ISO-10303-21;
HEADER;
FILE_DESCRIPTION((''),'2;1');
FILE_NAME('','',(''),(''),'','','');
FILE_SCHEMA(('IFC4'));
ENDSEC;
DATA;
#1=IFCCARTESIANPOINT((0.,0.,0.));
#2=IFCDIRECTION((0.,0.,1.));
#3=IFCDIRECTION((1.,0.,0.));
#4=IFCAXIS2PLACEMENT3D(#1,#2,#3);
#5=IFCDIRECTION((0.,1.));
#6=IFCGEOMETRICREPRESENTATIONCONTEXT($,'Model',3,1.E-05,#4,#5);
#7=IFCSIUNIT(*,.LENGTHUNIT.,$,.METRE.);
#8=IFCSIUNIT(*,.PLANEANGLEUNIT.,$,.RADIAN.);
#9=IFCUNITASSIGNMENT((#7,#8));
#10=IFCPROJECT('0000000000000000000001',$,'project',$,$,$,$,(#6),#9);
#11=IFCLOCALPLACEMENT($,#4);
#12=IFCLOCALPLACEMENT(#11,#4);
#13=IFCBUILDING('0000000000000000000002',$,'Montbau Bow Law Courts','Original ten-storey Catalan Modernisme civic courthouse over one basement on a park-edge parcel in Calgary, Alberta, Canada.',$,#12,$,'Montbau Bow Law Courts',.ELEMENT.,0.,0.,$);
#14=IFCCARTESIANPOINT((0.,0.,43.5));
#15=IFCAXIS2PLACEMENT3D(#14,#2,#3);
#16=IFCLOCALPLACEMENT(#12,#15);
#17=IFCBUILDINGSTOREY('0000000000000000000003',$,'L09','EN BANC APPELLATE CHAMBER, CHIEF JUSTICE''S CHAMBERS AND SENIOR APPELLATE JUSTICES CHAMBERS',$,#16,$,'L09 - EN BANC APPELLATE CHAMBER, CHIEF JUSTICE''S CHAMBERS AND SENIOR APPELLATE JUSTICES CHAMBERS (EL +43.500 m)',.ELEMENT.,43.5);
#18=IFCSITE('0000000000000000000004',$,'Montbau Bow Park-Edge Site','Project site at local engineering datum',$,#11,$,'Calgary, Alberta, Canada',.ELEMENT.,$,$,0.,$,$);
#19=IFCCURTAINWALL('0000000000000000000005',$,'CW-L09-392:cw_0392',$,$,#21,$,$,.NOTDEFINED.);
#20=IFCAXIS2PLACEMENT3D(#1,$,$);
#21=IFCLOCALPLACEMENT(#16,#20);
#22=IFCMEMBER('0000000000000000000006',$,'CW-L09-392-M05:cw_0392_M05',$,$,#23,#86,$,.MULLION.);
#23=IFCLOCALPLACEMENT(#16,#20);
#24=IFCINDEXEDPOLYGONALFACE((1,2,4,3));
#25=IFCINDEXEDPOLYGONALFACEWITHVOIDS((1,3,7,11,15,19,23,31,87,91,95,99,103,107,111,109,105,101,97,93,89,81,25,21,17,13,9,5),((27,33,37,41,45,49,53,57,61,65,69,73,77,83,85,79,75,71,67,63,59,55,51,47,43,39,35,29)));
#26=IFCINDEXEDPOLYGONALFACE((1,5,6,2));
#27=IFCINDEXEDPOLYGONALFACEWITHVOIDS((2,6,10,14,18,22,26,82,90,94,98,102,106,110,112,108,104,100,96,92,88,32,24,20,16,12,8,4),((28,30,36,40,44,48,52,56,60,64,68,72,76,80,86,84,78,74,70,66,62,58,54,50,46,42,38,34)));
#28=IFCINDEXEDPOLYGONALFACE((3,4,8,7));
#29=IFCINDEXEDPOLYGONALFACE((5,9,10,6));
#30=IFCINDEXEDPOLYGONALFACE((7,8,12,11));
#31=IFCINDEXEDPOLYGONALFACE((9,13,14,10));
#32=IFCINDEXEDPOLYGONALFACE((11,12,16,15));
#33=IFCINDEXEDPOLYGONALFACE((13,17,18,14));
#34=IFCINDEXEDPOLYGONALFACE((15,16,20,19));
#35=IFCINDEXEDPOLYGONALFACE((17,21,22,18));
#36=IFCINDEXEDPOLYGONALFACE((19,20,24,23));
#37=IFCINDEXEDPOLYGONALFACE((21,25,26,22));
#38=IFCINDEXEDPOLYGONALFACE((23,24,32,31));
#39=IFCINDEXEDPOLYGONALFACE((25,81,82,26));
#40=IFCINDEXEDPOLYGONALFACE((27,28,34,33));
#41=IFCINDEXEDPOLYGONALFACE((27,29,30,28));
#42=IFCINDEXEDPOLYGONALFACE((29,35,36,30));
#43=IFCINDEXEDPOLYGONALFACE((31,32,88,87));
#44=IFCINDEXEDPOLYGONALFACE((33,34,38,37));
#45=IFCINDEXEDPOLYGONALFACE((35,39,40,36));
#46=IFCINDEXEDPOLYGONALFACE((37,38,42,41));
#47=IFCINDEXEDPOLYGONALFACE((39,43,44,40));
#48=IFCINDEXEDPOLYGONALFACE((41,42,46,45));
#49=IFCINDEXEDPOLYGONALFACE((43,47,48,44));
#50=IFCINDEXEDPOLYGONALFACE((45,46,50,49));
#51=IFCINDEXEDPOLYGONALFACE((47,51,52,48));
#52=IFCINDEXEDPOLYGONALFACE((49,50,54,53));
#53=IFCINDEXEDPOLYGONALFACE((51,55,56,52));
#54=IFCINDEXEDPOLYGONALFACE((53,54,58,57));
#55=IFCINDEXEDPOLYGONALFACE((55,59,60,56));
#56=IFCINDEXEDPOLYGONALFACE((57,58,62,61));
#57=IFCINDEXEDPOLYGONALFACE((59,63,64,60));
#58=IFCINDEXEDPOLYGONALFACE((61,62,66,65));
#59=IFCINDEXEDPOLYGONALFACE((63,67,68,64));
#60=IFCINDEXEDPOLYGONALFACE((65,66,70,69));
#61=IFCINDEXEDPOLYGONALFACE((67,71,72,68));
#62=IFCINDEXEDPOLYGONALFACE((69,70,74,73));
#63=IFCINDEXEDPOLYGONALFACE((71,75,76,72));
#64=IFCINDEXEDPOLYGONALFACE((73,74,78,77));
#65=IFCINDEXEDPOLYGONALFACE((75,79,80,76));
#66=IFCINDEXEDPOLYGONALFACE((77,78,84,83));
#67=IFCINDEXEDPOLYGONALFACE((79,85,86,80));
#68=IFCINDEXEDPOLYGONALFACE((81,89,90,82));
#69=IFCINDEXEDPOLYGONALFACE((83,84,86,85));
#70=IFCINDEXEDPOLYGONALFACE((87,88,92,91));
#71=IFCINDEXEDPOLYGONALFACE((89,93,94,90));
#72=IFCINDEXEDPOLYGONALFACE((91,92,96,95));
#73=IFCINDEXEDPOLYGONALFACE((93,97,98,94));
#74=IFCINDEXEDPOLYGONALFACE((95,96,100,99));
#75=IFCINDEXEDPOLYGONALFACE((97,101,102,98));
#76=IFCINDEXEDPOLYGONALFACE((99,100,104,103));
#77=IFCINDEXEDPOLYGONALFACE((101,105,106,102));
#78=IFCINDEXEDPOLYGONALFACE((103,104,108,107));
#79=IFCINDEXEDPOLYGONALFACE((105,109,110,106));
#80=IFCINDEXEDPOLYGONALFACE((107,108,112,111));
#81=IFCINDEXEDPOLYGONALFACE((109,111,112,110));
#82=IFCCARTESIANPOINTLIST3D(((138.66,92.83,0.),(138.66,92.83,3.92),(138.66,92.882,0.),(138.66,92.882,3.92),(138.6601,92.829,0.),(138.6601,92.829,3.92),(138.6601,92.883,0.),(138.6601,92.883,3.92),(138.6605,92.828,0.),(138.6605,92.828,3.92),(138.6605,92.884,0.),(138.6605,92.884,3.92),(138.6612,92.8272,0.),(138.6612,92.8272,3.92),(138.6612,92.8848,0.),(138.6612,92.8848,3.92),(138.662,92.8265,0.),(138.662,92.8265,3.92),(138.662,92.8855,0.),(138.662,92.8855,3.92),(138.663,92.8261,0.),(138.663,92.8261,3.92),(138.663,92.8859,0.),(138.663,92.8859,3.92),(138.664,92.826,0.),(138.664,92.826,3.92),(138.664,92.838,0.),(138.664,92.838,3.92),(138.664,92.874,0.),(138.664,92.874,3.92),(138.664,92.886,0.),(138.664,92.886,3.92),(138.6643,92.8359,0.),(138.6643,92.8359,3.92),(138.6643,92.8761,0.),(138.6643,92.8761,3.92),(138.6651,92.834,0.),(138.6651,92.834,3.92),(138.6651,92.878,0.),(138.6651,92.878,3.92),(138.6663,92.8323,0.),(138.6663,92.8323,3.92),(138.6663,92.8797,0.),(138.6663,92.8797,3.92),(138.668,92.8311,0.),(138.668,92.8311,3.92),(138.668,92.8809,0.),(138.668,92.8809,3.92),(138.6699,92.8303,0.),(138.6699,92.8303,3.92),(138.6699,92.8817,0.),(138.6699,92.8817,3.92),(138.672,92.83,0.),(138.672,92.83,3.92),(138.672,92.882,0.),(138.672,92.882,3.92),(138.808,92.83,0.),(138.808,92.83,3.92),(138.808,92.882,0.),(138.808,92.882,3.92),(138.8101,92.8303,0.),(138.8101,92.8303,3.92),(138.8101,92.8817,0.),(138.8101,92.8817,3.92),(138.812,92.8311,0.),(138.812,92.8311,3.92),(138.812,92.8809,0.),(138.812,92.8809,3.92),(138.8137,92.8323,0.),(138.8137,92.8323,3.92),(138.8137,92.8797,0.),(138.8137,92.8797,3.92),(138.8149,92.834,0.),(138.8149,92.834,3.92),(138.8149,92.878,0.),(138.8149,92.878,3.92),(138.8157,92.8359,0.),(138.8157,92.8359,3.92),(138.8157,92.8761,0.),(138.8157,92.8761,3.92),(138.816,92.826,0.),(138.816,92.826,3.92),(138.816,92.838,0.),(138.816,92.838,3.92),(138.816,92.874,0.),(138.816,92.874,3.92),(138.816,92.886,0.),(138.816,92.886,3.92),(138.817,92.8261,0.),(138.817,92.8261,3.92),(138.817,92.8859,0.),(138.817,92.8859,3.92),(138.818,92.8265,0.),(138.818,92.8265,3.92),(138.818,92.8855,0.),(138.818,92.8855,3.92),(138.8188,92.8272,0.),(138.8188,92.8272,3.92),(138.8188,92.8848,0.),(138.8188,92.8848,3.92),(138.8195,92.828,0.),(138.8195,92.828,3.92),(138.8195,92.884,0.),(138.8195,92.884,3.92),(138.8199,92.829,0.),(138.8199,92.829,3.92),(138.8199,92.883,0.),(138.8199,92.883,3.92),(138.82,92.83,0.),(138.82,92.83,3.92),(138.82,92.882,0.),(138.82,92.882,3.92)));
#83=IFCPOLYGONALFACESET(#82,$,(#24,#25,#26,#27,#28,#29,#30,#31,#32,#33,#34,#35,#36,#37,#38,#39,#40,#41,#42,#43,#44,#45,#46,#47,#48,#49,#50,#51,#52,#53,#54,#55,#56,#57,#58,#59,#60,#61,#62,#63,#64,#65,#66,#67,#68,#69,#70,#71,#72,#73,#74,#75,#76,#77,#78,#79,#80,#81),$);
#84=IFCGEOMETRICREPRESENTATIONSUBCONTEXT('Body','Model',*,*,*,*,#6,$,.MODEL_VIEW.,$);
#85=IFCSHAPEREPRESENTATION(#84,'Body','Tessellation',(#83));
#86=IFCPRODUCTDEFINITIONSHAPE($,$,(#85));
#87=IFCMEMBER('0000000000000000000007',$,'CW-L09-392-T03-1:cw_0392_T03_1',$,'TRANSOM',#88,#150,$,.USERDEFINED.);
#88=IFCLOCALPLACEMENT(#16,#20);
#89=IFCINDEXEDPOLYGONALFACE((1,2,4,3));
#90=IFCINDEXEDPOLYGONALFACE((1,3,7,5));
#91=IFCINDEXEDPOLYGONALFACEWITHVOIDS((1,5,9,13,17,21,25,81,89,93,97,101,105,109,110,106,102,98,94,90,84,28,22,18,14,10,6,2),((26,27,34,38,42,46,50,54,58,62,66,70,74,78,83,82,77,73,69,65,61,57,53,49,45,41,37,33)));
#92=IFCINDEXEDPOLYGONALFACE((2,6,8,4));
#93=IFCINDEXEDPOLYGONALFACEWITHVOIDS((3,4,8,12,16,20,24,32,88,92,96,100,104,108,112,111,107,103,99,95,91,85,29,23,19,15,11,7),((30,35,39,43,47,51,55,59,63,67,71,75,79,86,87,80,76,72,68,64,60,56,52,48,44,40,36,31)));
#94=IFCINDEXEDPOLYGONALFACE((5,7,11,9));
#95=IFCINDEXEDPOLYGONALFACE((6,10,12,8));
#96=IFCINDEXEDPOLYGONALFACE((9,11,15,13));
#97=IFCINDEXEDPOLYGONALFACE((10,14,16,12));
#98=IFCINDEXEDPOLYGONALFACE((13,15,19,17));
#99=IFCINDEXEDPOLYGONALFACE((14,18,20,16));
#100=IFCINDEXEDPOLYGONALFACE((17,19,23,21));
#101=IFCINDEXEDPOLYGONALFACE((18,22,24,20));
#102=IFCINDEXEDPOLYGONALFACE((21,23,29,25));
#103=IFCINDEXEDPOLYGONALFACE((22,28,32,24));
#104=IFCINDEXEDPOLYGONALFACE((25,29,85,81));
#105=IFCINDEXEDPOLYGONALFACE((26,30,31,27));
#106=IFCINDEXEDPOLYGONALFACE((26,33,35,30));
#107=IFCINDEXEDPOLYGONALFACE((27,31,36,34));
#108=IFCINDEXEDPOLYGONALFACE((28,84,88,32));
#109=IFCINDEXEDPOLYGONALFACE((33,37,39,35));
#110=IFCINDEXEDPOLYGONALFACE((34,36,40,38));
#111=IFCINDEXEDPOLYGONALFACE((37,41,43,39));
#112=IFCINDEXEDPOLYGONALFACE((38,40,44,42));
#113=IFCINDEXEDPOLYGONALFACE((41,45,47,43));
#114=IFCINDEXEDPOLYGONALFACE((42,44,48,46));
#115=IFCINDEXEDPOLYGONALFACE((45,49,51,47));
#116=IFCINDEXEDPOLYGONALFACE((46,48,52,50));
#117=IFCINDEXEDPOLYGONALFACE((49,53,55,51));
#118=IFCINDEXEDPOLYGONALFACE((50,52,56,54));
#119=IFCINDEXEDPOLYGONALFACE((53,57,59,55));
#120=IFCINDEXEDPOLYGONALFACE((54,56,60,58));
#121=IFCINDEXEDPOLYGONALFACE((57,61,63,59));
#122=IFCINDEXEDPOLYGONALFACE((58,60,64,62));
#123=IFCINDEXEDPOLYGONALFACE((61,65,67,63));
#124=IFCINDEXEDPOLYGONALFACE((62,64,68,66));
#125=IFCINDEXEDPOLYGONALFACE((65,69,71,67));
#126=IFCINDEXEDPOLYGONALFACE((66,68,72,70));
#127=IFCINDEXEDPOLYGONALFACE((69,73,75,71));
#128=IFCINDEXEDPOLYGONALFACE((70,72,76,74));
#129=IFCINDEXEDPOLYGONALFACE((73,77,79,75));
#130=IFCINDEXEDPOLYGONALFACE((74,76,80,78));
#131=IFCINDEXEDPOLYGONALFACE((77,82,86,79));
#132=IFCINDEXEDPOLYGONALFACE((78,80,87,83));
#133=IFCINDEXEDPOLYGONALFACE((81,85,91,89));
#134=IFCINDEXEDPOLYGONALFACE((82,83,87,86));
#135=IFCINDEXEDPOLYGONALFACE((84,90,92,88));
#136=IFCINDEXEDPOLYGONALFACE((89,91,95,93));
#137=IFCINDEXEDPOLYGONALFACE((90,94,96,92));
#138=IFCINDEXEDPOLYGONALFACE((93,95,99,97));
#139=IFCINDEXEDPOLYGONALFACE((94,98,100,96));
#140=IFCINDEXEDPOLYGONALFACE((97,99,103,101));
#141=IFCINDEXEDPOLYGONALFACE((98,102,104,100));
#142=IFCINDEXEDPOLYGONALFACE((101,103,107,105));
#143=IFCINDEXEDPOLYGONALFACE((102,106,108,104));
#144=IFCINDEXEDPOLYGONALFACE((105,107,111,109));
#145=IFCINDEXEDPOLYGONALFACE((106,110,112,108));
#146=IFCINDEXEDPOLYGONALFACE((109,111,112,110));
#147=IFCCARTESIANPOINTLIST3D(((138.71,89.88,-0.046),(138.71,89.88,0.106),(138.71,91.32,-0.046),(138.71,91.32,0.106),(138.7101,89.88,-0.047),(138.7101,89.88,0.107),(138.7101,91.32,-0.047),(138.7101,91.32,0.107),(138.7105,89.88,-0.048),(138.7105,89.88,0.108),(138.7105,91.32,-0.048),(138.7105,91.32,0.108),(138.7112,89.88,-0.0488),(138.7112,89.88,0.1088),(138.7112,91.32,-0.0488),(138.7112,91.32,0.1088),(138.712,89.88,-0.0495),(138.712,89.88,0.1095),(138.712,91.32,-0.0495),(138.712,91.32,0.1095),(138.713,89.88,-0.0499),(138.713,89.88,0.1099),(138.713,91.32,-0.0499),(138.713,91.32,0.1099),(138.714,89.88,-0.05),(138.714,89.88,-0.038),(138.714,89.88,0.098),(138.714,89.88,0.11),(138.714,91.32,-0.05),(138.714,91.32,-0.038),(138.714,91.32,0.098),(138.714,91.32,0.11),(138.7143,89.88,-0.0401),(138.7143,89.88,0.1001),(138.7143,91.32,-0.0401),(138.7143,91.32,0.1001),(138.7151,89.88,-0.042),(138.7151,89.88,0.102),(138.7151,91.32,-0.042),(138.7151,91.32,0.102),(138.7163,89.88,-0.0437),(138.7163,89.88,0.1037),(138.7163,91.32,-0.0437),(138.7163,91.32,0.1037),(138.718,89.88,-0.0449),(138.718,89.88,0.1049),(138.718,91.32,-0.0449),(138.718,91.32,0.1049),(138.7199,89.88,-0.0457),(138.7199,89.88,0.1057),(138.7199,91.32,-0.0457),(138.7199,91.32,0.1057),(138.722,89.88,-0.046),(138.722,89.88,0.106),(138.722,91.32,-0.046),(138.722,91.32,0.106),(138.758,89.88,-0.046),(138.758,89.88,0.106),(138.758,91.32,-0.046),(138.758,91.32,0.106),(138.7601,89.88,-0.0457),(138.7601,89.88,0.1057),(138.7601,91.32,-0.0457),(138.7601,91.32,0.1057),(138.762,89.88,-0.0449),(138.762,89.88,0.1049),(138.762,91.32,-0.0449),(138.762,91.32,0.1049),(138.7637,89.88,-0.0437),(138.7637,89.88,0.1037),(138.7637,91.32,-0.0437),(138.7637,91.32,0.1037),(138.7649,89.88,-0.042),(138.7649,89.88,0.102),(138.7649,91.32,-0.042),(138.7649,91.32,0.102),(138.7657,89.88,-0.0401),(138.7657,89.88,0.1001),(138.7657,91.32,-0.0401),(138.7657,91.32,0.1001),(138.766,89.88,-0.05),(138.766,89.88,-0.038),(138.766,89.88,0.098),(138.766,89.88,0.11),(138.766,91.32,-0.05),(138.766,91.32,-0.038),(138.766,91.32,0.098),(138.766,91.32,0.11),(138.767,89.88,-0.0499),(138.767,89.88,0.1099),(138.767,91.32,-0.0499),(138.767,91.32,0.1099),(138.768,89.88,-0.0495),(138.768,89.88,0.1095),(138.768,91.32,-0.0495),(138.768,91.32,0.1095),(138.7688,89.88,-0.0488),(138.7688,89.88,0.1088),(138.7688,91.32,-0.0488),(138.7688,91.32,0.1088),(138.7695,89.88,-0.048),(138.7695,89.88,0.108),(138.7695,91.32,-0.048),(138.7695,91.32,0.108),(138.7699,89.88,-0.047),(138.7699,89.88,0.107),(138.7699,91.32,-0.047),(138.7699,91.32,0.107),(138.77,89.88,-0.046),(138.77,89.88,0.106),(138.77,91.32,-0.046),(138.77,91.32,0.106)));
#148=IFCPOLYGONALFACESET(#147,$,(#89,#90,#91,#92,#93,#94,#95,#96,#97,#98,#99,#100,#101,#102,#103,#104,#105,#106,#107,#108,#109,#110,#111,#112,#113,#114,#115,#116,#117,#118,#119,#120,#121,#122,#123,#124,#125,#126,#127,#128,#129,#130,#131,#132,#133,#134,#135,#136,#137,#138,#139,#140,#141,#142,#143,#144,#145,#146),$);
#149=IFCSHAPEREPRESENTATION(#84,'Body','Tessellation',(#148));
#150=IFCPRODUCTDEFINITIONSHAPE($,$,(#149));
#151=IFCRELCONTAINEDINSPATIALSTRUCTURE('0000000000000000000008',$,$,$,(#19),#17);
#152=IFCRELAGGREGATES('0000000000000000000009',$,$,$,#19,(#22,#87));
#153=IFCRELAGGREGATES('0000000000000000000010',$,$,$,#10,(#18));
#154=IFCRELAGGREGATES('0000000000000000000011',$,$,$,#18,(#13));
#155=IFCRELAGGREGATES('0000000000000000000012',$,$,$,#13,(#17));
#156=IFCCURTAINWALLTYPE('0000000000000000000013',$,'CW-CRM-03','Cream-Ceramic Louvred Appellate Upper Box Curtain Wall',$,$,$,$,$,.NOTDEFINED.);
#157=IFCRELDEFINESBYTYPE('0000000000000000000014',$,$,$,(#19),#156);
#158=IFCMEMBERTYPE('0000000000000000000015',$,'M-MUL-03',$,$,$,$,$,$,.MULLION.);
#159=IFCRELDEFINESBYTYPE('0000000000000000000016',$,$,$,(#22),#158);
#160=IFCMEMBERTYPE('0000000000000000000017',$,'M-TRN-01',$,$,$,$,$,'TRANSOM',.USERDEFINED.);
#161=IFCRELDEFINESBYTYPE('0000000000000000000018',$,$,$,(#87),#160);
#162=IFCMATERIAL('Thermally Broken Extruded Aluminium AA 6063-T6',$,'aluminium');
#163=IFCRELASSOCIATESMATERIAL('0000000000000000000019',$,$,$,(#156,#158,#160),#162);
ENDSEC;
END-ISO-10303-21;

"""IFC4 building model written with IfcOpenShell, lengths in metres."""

from ifc_helpers import new_model, si_unit, direction, frame, origin_with_axes, origin_2d_with_axis, place, context, subcontext, project, spatial, hollow_rectangle, extrude, material, material_profile, profile_set, type_object, element, aggregate, save


model = new_model("IFC4")

# Units and contexts
model_context = context("Model", 3, precision=1e-05, world=origin_with_axes(), true_north=direction((0.0, 1.0)))
body_context = subcontext(model_context, "Body", "Model", "MODEL_VIEW")
ifc_project = project(units=[si_unit("LENGTHUNIT", "METRE"), si_unit("PLANEANGLEUNIT", "RADIAN")], contexts=[model_context])

# Site, building, storey
site_placement = place(None, origin_with_axes())
site = spatial("IfcSite", under=ifc_project, at=site_placement, Name="Montbau Bow Park-Edge Site", Description="Project site at local engineering datum", LongName="Calgary, Alberta, Canada", CompositionType="ELEMENT", RefElevation=0.0)
building_placement = place(site_placement, origin_with_axes())
building = spatial("IfcBuilding", under=site, at=building_placement, Name="Montbau Bow Law Courts", Description="Original ten-storey Catalan Modernisme civic courthouse over one basement on a park-edge parcel in Calgary, Alberta, Canada.", LongName="Montbau Bow Law Courts", CompositionType="ELEMENT", ElevationOfRefHeight=0.0, ElevationOfTerrain=0.0)
storey_placement = place(building_placement, frame((0.0, 0.0, 43.5), z_axis=(0.0, 0.0, 1.0), x_axis=(1.0, 0.0, 0.0)))
storey = spatial("IfcBuildingStorey", under=building, at=storey_placement, Name="L09", Description="EN BANC APPELLATE CHAMBER, CHIEF JUSTICE'S CHAMBERS AND SENIOR APPELLATE JUSTICES CHAMBERS", LongName="L09 - EN BANC APPELLATE CHAMBER, CHIEF JUSTICE'S CHAMBERS AND SENIOR APPELLATE JUSTICES CHAMBERS (EL +43.500 m)", CompositionType="ELEMENT", Elevation=43.5)

# Curtain wall, members
ifc_material_1 = material(Name="Thermally Broken Extruded Aluminium AA 6063-T6", Category="aluminium")
curtain_wall_type = type_object("IfcCurtainWallType", Name="CW-CRM-03", Description="Cream-Ceramic Louvred Appellate Upper Box Curtain Wall", PredefinedType="NOTDEFINED", material=ifc_material_1)
curtain_wall_placement = place(None, frame((138.74, 86.84, 43.5), z_axis=(0.0, 0.0, 1.0), x_axis=(1.0, 0.0, 0.0)))
curtain_wall = element("IfcCurtainWall", 1, at=curtain_wall_placement, inside=storey, type_object=curtain_wall_type, Name="CW-L09-392:cw_0392", PredefinedType="NOTDEFINED")
ifc_material_profile_1 = material_profile(ifc_material_1, hollow_rectangle(XDim=0.06, YDim=0.16, WallThickness=0.004, InnerFilletRadius=0.008, OuterFilletRadius=0.004, at=origin_2d_with_axis()), Name="CWM-160X60", Category="Main", Priority=0)
ifc_profile_set_1 = profile_set([ifc_material_profile_1], Name="Thermally Broken Extruded Aluminium AA 6063-T6")
member_type_1 = type_object("IfcMemberType", Name="M-MUL-03", PredefinedType="MULLION", material=ifc_profile_set_1)
member_1_placement = place(None, frame((138.74, 92.856, 43.5), z_axis=(0.0, 0.0, 1.0), x_axis=(0.0, 1.0, 0.0)))
member_1 = element("IfcMember", 2, at=member_1_placement, type_object=member_type_1, Name="CW-L09-392-M05:cw_0392_M05", PredefinedType="MULLION", context=body_context, shape_type="SweptSolid", body=[
    extrude(hollow_rectangle(XDim=0.06, YDim=0.16, WallThickness=0.004, InnerFilletRadius=0.008, OuterFilletRadius=0.004, at=origin_2d_with_axis()), origin_with_axes(), (0.0, 0.0, 1.0), 3.92),
])
ifc_material_profile_2 = material_profile(ifc_material_1, hollow_rectangle(XDim=0.06, YDim=0.16, WallThickness=0.004, InnerFilletRadius=0.008, OuterFilletRadius=0.004, at=origin_2d_with_axis()), Name="CWT-160X60", Category="Main", Priority=0)
ifc_profile_set_2 = profile_set([ifc_material_profile_2], Name="Thermally Broken Extruded Aluminium AA 6063-T6")
member_type_2 = type_object("IfcMemberType", Name="M-TRN-01", ElementType="TRANSOM", PredefinedType="USERDEFINED", material=ifc_profile_set_2)
member_2_placement = place(None, frame((138.74, 89.88, 43.53), z_axis=(0.0, 1.0, 0.0), x_axis=(-1.0, 0.0, 0.0)))
member_2 = element("IfcMember", 3, at=member_2_placement, type_object=member_type_2, Name="CW-L09-392-T03-1:cw_0392_T03_1", ObjectType="TRANSOM", PredefinedType="USERDEFINED", context=body_context, shape_type="SweptSolid", body=[
    extrude(hollow_rectangle(XDim=0.06, YDim=0.16, WallThickness=0.004, InnerFilletRadius=0.008, OuterFilletRadius=0.004, at=origin_2d_with_axis()), origin_with_axes(), (0.0, 0.0, 1.0), 1.44),
])
aggregate(curtain_wall, [member_1, member_2])

save(model, "model.ifc")
